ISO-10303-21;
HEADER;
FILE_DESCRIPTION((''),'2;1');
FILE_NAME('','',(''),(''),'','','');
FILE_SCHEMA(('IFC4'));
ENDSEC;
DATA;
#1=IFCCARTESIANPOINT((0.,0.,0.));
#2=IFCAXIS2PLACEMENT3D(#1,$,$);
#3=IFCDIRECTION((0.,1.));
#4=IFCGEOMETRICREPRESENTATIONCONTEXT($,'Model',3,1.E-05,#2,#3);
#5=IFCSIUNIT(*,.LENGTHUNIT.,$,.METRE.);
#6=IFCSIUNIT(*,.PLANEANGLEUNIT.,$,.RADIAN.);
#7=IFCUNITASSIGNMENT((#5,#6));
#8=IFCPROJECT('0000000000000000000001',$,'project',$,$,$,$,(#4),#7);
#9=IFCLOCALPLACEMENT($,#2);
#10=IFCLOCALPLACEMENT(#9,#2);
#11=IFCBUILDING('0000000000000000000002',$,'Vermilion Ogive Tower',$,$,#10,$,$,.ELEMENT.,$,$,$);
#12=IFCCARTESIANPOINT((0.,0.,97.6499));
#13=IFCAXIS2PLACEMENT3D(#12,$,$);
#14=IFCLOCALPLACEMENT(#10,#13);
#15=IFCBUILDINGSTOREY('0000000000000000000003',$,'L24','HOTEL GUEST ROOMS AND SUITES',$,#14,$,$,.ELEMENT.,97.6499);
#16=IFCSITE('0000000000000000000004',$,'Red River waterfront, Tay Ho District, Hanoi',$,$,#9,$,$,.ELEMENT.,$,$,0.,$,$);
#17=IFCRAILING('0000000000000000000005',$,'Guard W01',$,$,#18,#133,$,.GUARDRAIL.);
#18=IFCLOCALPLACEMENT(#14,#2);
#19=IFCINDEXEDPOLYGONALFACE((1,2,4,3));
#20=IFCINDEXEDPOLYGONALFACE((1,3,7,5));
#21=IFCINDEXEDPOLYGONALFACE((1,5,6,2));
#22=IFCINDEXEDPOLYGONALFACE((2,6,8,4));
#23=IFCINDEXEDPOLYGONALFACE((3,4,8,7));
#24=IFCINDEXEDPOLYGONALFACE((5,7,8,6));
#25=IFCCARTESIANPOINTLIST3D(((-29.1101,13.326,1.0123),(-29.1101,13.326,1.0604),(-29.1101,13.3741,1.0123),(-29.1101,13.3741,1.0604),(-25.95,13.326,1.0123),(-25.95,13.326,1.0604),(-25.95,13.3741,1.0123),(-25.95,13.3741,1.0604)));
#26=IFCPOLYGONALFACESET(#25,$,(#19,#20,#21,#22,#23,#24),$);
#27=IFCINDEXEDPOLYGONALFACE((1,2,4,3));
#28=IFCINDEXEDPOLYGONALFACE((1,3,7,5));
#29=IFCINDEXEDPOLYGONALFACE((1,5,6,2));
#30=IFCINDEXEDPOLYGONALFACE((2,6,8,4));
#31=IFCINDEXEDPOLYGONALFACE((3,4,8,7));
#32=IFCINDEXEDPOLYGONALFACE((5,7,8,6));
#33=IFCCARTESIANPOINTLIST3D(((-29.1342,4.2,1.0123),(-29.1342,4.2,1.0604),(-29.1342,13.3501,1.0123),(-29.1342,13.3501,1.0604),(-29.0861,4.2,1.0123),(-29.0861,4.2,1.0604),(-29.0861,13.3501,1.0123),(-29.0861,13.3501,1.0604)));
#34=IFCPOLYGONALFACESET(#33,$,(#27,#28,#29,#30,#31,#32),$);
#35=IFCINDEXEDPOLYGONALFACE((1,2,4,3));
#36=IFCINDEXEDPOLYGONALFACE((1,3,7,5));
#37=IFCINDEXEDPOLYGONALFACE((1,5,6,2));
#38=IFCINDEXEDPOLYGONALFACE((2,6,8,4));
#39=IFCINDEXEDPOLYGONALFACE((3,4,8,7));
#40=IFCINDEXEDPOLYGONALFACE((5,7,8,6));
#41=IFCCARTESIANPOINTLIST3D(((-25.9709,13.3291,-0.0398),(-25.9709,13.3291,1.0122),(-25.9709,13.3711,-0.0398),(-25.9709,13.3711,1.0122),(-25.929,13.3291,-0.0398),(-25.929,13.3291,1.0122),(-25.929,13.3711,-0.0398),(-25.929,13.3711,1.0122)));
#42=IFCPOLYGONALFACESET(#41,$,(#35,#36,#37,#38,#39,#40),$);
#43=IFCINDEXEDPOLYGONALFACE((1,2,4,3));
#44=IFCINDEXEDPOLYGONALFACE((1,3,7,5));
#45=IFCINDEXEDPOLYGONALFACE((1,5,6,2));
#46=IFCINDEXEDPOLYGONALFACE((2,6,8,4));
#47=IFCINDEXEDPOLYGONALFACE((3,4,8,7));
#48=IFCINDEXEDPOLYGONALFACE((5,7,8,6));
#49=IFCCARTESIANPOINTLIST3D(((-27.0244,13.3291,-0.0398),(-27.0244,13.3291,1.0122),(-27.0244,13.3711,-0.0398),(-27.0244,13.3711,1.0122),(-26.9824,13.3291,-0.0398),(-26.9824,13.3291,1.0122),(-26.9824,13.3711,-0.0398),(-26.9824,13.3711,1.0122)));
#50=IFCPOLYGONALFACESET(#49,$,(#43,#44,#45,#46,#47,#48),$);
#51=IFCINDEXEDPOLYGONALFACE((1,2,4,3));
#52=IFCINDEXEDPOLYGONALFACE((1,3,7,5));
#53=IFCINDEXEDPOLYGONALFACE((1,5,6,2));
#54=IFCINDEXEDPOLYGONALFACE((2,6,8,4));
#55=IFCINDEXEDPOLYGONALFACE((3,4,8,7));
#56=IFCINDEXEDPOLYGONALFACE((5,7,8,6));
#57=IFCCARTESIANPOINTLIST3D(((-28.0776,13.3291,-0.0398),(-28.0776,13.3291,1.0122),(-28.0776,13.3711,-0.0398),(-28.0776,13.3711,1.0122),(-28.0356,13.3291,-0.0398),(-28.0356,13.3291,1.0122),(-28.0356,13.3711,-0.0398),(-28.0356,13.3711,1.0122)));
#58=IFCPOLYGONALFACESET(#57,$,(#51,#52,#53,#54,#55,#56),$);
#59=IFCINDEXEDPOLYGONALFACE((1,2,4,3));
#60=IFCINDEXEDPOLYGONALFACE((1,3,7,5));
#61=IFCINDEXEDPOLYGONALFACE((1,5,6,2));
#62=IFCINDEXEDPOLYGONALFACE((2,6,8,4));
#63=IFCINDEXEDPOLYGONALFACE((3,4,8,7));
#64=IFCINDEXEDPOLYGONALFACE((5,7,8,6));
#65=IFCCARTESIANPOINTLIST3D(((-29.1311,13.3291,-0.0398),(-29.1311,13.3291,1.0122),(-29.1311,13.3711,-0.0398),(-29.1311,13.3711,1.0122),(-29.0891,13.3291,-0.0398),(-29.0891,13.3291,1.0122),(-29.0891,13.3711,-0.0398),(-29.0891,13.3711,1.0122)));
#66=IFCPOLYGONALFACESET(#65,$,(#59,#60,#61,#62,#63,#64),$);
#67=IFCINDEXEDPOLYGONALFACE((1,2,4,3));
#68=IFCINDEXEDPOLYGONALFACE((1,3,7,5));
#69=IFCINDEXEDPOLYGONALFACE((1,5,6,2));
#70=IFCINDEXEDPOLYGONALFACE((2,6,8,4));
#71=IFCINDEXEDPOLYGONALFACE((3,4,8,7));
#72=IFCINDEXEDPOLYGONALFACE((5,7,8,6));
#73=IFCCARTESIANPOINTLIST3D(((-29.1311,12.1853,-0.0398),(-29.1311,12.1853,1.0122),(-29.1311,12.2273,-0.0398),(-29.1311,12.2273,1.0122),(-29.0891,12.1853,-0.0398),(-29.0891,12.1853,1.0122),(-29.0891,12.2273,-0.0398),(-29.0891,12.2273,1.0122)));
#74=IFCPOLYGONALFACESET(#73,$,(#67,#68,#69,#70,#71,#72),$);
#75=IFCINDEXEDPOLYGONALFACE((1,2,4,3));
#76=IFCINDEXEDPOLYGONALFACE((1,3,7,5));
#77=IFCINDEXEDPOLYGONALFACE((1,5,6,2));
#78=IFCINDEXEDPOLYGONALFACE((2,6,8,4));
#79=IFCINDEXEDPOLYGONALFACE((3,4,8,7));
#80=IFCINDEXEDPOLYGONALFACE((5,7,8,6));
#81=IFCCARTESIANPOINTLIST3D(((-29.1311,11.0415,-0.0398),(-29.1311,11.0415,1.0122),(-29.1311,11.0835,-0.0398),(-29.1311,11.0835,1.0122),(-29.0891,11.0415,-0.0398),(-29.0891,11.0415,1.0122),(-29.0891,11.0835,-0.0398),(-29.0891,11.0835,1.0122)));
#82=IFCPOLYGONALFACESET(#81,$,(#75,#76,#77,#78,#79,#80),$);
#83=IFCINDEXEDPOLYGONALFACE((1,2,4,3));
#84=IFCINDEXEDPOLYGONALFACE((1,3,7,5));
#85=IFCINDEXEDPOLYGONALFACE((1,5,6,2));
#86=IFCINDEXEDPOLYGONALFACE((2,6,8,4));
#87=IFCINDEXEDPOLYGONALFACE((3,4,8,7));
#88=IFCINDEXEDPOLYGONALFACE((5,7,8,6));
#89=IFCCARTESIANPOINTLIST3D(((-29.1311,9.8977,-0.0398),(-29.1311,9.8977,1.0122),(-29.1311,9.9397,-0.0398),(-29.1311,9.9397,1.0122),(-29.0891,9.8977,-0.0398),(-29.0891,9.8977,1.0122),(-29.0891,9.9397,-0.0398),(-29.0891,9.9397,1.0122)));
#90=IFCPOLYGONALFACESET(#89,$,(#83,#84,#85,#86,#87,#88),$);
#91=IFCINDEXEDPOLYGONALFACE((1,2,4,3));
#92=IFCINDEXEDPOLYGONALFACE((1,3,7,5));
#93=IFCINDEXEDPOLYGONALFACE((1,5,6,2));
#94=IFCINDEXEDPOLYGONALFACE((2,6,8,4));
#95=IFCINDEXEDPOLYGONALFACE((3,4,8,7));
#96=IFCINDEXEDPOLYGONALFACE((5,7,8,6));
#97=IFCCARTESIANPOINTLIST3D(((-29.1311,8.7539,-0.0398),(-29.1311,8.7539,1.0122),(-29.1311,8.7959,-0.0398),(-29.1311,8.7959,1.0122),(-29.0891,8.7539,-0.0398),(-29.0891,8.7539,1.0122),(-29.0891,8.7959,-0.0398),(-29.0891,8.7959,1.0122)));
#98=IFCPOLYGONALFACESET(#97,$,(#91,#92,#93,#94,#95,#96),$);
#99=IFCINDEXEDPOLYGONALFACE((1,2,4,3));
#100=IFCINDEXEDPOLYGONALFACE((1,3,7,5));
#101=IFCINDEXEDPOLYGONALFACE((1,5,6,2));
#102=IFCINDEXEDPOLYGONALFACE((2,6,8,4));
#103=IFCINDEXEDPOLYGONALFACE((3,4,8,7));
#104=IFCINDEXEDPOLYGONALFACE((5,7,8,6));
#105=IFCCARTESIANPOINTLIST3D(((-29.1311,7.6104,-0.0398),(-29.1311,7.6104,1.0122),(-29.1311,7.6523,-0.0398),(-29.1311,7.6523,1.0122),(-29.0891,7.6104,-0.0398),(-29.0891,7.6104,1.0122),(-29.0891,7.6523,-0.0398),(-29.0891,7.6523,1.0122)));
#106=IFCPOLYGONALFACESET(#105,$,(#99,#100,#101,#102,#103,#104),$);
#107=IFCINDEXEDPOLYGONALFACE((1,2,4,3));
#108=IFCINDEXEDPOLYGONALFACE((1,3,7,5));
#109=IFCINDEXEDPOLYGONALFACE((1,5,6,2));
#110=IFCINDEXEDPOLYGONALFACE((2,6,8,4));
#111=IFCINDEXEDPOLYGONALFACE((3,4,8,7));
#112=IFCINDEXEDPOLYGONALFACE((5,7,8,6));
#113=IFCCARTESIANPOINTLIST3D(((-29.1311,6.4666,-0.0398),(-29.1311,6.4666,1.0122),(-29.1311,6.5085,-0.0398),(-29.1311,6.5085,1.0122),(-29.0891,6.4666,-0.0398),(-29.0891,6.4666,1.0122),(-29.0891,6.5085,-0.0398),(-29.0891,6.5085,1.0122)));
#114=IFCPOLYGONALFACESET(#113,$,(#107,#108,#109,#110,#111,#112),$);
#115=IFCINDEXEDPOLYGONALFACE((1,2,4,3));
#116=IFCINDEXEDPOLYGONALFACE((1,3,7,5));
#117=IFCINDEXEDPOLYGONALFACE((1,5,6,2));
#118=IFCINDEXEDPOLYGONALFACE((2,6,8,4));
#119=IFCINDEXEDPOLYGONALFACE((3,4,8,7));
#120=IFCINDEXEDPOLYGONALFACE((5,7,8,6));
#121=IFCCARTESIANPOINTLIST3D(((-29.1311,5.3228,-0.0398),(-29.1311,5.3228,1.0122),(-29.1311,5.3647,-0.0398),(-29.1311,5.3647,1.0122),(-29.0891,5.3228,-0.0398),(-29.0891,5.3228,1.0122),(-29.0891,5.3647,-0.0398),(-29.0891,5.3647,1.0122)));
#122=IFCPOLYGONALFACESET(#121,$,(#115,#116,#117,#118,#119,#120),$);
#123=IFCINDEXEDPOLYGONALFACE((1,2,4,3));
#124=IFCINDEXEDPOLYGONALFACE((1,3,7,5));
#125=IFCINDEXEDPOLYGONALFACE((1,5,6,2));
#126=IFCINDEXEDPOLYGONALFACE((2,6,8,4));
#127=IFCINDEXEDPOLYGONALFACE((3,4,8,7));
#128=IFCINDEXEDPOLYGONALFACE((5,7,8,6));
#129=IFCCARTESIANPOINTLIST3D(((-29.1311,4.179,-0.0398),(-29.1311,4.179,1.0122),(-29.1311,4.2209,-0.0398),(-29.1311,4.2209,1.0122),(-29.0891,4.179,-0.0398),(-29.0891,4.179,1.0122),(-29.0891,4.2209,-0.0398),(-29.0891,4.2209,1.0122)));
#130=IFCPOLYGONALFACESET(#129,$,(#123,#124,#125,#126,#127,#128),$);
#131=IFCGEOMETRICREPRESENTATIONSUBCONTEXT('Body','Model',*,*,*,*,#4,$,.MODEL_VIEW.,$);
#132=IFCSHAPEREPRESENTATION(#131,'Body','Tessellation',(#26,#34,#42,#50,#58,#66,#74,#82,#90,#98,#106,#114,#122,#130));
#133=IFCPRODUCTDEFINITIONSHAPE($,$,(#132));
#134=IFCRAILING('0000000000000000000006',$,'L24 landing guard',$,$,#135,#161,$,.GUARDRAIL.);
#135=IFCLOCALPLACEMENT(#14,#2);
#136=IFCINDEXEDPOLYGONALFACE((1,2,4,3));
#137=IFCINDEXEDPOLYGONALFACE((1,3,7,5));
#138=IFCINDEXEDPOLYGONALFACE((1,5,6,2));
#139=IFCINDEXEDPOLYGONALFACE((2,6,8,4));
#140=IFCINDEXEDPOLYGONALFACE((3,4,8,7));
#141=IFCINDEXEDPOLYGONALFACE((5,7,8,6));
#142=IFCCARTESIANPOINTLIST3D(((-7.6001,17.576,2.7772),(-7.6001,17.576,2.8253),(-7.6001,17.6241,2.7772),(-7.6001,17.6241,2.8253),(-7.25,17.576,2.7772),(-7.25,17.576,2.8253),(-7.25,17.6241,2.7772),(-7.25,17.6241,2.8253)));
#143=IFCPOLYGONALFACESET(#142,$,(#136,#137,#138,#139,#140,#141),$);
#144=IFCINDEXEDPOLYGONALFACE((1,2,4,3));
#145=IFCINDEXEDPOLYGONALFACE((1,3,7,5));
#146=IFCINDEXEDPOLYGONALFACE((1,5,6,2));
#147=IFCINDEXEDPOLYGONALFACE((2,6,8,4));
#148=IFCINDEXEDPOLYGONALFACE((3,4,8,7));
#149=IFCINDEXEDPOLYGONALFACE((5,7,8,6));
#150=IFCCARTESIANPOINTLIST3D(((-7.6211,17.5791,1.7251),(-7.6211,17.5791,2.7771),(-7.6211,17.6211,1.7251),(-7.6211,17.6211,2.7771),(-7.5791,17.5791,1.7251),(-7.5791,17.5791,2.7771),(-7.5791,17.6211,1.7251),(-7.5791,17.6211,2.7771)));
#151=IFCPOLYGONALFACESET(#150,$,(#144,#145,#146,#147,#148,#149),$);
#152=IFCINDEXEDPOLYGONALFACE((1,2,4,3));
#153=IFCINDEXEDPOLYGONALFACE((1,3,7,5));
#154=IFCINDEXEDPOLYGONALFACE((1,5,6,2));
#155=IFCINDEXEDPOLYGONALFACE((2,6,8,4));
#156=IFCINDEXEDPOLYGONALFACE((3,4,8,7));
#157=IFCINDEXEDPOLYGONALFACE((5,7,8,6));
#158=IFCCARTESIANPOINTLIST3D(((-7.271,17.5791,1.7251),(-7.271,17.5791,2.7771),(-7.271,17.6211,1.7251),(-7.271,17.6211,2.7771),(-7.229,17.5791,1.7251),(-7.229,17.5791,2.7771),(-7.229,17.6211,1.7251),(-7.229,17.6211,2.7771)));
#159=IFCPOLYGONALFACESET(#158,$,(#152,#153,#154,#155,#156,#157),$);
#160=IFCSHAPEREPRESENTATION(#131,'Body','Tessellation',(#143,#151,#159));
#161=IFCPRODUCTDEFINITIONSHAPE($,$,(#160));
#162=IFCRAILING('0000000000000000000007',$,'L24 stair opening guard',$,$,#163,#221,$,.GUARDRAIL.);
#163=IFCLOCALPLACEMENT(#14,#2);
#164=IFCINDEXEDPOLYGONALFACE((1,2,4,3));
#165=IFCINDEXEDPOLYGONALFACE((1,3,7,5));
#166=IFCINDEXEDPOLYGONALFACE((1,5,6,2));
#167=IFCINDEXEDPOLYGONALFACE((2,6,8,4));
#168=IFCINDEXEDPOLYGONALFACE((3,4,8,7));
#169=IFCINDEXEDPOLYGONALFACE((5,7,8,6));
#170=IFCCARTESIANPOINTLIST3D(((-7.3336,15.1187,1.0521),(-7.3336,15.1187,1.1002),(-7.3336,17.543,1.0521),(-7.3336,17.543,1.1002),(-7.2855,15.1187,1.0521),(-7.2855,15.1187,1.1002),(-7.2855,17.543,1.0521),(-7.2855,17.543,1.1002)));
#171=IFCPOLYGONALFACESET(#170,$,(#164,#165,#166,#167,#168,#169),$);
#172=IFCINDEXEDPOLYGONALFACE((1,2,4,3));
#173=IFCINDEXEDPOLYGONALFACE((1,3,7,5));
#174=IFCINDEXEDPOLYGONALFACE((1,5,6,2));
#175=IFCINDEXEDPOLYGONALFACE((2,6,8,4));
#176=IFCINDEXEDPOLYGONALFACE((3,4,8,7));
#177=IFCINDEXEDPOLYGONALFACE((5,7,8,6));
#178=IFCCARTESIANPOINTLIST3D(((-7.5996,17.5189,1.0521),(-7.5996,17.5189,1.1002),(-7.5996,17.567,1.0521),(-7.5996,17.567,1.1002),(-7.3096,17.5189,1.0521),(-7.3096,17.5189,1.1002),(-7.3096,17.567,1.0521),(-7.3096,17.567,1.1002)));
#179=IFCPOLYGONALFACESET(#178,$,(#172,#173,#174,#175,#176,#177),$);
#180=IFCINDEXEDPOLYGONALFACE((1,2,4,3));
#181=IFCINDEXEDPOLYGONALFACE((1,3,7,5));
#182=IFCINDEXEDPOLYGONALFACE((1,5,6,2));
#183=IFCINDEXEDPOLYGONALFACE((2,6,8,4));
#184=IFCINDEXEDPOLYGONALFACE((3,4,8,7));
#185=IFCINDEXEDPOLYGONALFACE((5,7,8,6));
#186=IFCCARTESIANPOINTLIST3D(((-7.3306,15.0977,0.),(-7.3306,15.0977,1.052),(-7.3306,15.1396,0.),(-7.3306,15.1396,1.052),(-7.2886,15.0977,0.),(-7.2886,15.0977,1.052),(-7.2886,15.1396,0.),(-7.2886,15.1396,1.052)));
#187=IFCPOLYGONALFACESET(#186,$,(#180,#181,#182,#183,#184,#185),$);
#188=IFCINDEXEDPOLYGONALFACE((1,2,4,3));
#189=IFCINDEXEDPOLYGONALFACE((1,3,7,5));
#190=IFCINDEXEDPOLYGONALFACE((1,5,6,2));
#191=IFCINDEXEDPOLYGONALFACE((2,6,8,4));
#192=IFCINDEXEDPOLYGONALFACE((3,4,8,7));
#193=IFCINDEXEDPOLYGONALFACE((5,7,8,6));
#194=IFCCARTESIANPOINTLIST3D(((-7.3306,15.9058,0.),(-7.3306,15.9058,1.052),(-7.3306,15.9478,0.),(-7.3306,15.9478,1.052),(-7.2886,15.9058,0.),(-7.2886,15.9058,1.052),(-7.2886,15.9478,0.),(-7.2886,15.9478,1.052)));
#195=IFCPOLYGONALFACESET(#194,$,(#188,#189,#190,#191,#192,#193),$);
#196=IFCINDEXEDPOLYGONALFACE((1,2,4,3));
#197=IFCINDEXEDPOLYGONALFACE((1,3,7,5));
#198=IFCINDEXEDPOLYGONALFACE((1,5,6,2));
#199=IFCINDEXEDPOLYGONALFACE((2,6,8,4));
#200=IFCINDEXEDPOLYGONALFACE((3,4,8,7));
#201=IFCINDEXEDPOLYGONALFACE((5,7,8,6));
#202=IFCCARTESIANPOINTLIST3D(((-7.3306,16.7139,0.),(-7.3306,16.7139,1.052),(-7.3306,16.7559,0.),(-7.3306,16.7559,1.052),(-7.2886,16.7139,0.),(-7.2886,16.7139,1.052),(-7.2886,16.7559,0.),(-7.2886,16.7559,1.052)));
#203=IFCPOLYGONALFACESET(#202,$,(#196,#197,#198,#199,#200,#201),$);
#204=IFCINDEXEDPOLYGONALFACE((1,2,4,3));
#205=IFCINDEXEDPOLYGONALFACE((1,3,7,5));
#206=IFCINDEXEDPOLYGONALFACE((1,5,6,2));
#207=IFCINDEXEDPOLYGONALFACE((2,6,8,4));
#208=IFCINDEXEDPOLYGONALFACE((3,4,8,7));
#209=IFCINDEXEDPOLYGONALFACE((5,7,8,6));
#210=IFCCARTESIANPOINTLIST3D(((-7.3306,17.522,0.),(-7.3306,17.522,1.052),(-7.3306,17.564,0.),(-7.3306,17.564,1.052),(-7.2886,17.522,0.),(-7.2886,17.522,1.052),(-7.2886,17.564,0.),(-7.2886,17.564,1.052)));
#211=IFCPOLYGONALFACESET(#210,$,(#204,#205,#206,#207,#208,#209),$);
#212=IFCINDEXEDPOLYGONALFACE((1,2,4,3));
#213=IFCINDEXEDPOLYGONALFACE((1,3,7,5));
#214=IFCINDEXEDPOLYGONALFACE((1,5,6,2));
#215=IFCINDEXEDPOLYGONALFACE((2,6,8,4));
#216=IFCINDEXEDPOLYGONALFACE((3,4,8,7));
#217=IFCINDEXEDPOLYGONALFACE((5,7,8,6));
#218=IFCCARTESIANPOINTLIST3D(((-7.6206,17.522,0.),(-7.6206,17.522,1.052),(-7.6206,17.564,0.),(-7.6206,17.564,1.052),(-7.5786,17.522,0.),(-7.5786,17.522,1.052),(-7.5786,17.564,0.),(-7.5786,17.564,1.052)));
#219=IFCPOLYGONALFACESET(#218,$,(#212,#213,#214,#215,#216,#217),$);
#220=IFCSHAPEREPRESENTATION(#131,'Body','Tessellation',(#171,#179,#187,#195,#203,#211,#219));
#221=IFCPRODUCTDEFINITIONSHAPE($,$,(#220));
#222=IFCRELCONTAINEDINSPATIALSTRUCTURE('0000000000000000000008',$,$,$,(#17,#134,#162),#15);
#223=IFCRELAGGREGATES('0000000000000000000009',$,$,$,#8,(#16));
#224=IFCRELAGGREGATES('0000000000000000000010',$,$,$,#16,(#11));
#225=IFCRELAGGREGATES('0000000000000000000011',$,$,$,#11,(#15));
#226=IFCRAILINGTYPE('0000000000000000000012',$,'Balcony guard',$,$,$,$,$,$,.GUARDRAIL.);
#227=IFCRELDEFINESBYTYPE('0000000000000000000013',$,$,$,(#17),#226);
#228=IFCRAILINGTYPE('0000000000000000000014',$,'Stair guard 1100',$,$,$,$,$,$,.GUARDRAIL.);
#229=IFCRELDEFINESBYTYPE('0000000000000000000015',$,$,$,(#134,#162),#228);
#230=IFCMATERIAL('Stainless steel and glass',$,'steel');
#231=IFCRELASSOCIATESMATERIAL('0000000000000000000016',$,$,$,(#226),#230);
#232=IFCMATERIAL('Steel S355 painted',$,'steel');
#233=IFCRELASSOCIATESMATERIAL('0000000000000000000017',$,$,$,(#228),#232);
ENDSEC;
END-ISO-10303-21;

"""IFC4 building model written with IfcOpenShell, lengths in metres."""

from ifc_helpers import new_model, si_unit, direction, frame, origin, origin_2d, place, context, subcontext, project, spatial, rectangle, extrude, material, type_object, element, save


model = new_model("IFC4")

# Units and contexts
model_context = context("Model", 3, precision=1e-05, world=origin(), true_north=direction((0.0, 1.0)))
body_context = subcontext(model_context, "Body", "Model", "MODEL_VIEW")
ifc_project = project(units=[si_unit("LENGTHUNIT", "METRE"), si_unit("PLANEANGLEUNIT", "RADIAN")], contexts=[model_context])

# Site, building, storey
site_placement = place(None, origin())
site = spatial("IfcSite", under=ifc_project, at=site_placement, Name="Red River waterfront, Tay Ho District, Hanoi", CompositionType="ELEMENT", RefElevation=0.0)
building_placement = place(site_placement, origin())
building = spatial("IfcBuilding", under=site, at=building_placement, Name="Vermilion Ogive Tower", CompositionType="ELEMENT")
storey_placement = place(building_placement, frame((0.0, 0.0, 97.6499)))
storey = spatial("IfcBuildingStorey", under=building, at=storey_placement, Name="L24", Description="HOTEL GUEST ROOMS AND SUITES", CompositionType="ELEMENT", Elevation=97.6499)

# Railings
ifc_material_1 = material(Name="Stainless steel and glass", Category="steel")
railing_type_1 = type_object("IfcRailingType", Name="Balcony guard", PredefinedType="GUARDRAIL", material=ifc_material_1)
railing_1_placement = place(storey_placement, frame((-25.95, 13.3501, -0.0398)))
element("IfcRailing", 1, at=railing_1_placement, inside=storey, type_object=railing_type_1, Name="Guard W01", PredefinedType="GUARDRAIL", context=body_context, shape_type="SweptSolid", body=[
    extrude(rectangle(XDim=0.0481, YDim=0.0481, at=origin_2d()), frame((0.0, 0.0, 1.0762), z_axis=(-1.0, 0.0, 0.0), x_axis=(0.0, -1.0, 0.0)), (0.0, 0.0, 1.0), 3.1602),
    extrude(rectangle(XDim=0.0481, YDim=0.0481, at=origin_2d()), frame((-3.1602, 0.0, 1.0762), z_axis=(0.0, -1.0, 0.0), x_axis=(1.0, 0.0, 0.0)), (0.0, 0.0, 1.0), 9.1501),
    extrude(rectangle(XDim=0.042, YDim=0.042, at=origin_2d()), origin(), (0.0, 0.0, 1.0), 1.052),
    extrude(rectangle(XDim=0.042, YDim=0.042, at=origin_2d()), frame((-1.0535, 0.0, 0.0)), (0.0, 0.0, 1.0), 1.052),
    extrude(rectangle(XDim=0.042, YDim=0.042, at=origin_2d()), frame((-2.1067, 0.0, 0.0)), (0.0, 0.0, 1.0), 1.052),
    extrude(rectangle(XDim=0.042, YDim=0.042, at=origin_2d()), frame((-3.1602, 0.0, 0.0)), (0.0, 0.0, 1.0), 1.052),
    extrude(rectangle(XDim=0.042, YDim=0.042, at=origin_2d()), frame((-3.1602, -1.1438, 0.0)), (0.0, 0.0, 1.0), 1.052),
    extrude(rectangle(XDim=0.042, YDim=0.042, at=origin_2d()), frame((-3.1602, -2.2876, 0.0)), (0.0, 0.0, 1.0), 1.052),
    extrude(rectangle(XDim=0.042, YDim=0.042, at=origin_2d()), frame((-3.1602, -3.4314, 0.0)), (0.0, 0.0, 1.0), 1.052),
    extrude(rectangle(XDim=0.042, YDim=0.042, at=origin_2d()), frame((-3.1602, -4.5752, 0.0)), (0.0, 0.0, 1.0), 1.052),
    extrude(rectangle(XDim=0.042, YDim=0.042, at=origin_2d()), frame((-3.1602, -5.7188, 0.0)), (0.0, 0.0, 1.0), 1.052),
    extrude(rectangle(XDim=0.042, YDim=0.042, at=origin_2d()), frame((-3.1602, -6.8625, 0.0)), (0.0, 0.0, 1.0), 1.052),
    extrude(rectangle(XDim=0.042, YDim=0.042, at=origin_2d()), frame((-3.1602, -8.0063, 0.0)), (0.0, 0.0, 1.0), 1.052),
    extrude(rectangle(XDim=0.042, YDim=0.042, at=origin_2d()), frame((-3.1602, -9.1501, 0.0)), (0.0, 0.0, 1.0), 1.052),
])
ifc_material_2 = material(Name="Steel S355 painted", Category="steel")
railing_type_2 = type_object("IfcRailingType", Name="Stair guard 1100", PredefinedType="GUARDRAIL", material=ifc_material_2)
railing_2_placement = place(storey_placement, frame((-7.6001, 17.6001, 1.7251)))
element("IfcRailing", 2, at=railing_2_placement, inside=storey, type_object=railing_type_2, Name="L24 landing guard", PredefinedType="GUARDRAIL", context=body_context, shape_type="SweptSolid", body=[
    extrude(rectangle(XDim=0.0481, YDim=0.0481, at=origin_2d()), frame((0.0, 0.0, 1.0762), z_axis=(1.0, 0.0, 0.0), x_axis=(0.0, 1.0, 0.0)), (0.0, 0.0, 1.0), 0.3501),
    extrude(rectangle(XDim=0.042, YDim=0.042, at=origin_2d()), origin(), (0.0, 0.0, 1.0), 1.052),
    extrude(rectangle(XDim=0.042, YDim=0.042, at=origin_2d()), frame((0.3501, 0.0, 0.0)), (0.0, 0.0, 1.0), 1.052),
])
railing_3_placement = place(storey_placement, frame((-7.3096, 15.1187, 0.0)))
element("IfcRailing", 3, at=railing_3_placement, inside=storey, type_object=railing_type_2, Name="L24 stair opening guard", PredefinedType="GUARDRAIL", context=body_context, shape_type="SweptSolid", body=[
    extrude(rectangle(XDim=0.0481, YDim=0.0481, at=origin_2d()), frame((0.0, 0.0, 1.0762), z_axis=(0.0, 1.0, 0.0), x_axis=(-1.0, 0.0, 0.0)), (0.0, 0.0, 1.0), 2.4243),
    extrude(rectangle(XDim=0.0481, YDim=0.0481, at=origin_2d()), frame((0.0, 2.4243, 1.0762), z_axis=(-1.0, 0.0, 0.0), x_axis=(0.0, -1.0, 0.0)), (0.0, 0.0, 1.0), 0.29),
    extrude(rectangle(XDim=0.042, YDim=0.042, at=origin_2d()), origin(), (0.0, 0.0, 1.0), 1.052),
    extrude(rectangle(XDim=0.042, YDim=0.042, at=origin_2d()), frame((0.0, 0.8081, 0.0)), (0.0, 0.0, 1.0), 1.052),
    extrude(rectangle(XDim=0.042, YDim=0.042, at=origin_2d()), frame((0.0, 1.6162, 0.0)), (0.0, 0.0, 1.0), 1.052),
    extrude(rectangle(XDim=0.042, YDim=0.042, at=origin_2d()), frame((0.0, 2.4243, 0.0)), (0.0, 0.0, 1.0), 1.052),
    extrude(rectangle(XDim=0.042, YDim=0.042, at=origin_2d()), frame((-0.29, 2.4243, 0.0)), (0.0, 0.0, 1.0), 1.052),
])

save(model, "model.ifc")
